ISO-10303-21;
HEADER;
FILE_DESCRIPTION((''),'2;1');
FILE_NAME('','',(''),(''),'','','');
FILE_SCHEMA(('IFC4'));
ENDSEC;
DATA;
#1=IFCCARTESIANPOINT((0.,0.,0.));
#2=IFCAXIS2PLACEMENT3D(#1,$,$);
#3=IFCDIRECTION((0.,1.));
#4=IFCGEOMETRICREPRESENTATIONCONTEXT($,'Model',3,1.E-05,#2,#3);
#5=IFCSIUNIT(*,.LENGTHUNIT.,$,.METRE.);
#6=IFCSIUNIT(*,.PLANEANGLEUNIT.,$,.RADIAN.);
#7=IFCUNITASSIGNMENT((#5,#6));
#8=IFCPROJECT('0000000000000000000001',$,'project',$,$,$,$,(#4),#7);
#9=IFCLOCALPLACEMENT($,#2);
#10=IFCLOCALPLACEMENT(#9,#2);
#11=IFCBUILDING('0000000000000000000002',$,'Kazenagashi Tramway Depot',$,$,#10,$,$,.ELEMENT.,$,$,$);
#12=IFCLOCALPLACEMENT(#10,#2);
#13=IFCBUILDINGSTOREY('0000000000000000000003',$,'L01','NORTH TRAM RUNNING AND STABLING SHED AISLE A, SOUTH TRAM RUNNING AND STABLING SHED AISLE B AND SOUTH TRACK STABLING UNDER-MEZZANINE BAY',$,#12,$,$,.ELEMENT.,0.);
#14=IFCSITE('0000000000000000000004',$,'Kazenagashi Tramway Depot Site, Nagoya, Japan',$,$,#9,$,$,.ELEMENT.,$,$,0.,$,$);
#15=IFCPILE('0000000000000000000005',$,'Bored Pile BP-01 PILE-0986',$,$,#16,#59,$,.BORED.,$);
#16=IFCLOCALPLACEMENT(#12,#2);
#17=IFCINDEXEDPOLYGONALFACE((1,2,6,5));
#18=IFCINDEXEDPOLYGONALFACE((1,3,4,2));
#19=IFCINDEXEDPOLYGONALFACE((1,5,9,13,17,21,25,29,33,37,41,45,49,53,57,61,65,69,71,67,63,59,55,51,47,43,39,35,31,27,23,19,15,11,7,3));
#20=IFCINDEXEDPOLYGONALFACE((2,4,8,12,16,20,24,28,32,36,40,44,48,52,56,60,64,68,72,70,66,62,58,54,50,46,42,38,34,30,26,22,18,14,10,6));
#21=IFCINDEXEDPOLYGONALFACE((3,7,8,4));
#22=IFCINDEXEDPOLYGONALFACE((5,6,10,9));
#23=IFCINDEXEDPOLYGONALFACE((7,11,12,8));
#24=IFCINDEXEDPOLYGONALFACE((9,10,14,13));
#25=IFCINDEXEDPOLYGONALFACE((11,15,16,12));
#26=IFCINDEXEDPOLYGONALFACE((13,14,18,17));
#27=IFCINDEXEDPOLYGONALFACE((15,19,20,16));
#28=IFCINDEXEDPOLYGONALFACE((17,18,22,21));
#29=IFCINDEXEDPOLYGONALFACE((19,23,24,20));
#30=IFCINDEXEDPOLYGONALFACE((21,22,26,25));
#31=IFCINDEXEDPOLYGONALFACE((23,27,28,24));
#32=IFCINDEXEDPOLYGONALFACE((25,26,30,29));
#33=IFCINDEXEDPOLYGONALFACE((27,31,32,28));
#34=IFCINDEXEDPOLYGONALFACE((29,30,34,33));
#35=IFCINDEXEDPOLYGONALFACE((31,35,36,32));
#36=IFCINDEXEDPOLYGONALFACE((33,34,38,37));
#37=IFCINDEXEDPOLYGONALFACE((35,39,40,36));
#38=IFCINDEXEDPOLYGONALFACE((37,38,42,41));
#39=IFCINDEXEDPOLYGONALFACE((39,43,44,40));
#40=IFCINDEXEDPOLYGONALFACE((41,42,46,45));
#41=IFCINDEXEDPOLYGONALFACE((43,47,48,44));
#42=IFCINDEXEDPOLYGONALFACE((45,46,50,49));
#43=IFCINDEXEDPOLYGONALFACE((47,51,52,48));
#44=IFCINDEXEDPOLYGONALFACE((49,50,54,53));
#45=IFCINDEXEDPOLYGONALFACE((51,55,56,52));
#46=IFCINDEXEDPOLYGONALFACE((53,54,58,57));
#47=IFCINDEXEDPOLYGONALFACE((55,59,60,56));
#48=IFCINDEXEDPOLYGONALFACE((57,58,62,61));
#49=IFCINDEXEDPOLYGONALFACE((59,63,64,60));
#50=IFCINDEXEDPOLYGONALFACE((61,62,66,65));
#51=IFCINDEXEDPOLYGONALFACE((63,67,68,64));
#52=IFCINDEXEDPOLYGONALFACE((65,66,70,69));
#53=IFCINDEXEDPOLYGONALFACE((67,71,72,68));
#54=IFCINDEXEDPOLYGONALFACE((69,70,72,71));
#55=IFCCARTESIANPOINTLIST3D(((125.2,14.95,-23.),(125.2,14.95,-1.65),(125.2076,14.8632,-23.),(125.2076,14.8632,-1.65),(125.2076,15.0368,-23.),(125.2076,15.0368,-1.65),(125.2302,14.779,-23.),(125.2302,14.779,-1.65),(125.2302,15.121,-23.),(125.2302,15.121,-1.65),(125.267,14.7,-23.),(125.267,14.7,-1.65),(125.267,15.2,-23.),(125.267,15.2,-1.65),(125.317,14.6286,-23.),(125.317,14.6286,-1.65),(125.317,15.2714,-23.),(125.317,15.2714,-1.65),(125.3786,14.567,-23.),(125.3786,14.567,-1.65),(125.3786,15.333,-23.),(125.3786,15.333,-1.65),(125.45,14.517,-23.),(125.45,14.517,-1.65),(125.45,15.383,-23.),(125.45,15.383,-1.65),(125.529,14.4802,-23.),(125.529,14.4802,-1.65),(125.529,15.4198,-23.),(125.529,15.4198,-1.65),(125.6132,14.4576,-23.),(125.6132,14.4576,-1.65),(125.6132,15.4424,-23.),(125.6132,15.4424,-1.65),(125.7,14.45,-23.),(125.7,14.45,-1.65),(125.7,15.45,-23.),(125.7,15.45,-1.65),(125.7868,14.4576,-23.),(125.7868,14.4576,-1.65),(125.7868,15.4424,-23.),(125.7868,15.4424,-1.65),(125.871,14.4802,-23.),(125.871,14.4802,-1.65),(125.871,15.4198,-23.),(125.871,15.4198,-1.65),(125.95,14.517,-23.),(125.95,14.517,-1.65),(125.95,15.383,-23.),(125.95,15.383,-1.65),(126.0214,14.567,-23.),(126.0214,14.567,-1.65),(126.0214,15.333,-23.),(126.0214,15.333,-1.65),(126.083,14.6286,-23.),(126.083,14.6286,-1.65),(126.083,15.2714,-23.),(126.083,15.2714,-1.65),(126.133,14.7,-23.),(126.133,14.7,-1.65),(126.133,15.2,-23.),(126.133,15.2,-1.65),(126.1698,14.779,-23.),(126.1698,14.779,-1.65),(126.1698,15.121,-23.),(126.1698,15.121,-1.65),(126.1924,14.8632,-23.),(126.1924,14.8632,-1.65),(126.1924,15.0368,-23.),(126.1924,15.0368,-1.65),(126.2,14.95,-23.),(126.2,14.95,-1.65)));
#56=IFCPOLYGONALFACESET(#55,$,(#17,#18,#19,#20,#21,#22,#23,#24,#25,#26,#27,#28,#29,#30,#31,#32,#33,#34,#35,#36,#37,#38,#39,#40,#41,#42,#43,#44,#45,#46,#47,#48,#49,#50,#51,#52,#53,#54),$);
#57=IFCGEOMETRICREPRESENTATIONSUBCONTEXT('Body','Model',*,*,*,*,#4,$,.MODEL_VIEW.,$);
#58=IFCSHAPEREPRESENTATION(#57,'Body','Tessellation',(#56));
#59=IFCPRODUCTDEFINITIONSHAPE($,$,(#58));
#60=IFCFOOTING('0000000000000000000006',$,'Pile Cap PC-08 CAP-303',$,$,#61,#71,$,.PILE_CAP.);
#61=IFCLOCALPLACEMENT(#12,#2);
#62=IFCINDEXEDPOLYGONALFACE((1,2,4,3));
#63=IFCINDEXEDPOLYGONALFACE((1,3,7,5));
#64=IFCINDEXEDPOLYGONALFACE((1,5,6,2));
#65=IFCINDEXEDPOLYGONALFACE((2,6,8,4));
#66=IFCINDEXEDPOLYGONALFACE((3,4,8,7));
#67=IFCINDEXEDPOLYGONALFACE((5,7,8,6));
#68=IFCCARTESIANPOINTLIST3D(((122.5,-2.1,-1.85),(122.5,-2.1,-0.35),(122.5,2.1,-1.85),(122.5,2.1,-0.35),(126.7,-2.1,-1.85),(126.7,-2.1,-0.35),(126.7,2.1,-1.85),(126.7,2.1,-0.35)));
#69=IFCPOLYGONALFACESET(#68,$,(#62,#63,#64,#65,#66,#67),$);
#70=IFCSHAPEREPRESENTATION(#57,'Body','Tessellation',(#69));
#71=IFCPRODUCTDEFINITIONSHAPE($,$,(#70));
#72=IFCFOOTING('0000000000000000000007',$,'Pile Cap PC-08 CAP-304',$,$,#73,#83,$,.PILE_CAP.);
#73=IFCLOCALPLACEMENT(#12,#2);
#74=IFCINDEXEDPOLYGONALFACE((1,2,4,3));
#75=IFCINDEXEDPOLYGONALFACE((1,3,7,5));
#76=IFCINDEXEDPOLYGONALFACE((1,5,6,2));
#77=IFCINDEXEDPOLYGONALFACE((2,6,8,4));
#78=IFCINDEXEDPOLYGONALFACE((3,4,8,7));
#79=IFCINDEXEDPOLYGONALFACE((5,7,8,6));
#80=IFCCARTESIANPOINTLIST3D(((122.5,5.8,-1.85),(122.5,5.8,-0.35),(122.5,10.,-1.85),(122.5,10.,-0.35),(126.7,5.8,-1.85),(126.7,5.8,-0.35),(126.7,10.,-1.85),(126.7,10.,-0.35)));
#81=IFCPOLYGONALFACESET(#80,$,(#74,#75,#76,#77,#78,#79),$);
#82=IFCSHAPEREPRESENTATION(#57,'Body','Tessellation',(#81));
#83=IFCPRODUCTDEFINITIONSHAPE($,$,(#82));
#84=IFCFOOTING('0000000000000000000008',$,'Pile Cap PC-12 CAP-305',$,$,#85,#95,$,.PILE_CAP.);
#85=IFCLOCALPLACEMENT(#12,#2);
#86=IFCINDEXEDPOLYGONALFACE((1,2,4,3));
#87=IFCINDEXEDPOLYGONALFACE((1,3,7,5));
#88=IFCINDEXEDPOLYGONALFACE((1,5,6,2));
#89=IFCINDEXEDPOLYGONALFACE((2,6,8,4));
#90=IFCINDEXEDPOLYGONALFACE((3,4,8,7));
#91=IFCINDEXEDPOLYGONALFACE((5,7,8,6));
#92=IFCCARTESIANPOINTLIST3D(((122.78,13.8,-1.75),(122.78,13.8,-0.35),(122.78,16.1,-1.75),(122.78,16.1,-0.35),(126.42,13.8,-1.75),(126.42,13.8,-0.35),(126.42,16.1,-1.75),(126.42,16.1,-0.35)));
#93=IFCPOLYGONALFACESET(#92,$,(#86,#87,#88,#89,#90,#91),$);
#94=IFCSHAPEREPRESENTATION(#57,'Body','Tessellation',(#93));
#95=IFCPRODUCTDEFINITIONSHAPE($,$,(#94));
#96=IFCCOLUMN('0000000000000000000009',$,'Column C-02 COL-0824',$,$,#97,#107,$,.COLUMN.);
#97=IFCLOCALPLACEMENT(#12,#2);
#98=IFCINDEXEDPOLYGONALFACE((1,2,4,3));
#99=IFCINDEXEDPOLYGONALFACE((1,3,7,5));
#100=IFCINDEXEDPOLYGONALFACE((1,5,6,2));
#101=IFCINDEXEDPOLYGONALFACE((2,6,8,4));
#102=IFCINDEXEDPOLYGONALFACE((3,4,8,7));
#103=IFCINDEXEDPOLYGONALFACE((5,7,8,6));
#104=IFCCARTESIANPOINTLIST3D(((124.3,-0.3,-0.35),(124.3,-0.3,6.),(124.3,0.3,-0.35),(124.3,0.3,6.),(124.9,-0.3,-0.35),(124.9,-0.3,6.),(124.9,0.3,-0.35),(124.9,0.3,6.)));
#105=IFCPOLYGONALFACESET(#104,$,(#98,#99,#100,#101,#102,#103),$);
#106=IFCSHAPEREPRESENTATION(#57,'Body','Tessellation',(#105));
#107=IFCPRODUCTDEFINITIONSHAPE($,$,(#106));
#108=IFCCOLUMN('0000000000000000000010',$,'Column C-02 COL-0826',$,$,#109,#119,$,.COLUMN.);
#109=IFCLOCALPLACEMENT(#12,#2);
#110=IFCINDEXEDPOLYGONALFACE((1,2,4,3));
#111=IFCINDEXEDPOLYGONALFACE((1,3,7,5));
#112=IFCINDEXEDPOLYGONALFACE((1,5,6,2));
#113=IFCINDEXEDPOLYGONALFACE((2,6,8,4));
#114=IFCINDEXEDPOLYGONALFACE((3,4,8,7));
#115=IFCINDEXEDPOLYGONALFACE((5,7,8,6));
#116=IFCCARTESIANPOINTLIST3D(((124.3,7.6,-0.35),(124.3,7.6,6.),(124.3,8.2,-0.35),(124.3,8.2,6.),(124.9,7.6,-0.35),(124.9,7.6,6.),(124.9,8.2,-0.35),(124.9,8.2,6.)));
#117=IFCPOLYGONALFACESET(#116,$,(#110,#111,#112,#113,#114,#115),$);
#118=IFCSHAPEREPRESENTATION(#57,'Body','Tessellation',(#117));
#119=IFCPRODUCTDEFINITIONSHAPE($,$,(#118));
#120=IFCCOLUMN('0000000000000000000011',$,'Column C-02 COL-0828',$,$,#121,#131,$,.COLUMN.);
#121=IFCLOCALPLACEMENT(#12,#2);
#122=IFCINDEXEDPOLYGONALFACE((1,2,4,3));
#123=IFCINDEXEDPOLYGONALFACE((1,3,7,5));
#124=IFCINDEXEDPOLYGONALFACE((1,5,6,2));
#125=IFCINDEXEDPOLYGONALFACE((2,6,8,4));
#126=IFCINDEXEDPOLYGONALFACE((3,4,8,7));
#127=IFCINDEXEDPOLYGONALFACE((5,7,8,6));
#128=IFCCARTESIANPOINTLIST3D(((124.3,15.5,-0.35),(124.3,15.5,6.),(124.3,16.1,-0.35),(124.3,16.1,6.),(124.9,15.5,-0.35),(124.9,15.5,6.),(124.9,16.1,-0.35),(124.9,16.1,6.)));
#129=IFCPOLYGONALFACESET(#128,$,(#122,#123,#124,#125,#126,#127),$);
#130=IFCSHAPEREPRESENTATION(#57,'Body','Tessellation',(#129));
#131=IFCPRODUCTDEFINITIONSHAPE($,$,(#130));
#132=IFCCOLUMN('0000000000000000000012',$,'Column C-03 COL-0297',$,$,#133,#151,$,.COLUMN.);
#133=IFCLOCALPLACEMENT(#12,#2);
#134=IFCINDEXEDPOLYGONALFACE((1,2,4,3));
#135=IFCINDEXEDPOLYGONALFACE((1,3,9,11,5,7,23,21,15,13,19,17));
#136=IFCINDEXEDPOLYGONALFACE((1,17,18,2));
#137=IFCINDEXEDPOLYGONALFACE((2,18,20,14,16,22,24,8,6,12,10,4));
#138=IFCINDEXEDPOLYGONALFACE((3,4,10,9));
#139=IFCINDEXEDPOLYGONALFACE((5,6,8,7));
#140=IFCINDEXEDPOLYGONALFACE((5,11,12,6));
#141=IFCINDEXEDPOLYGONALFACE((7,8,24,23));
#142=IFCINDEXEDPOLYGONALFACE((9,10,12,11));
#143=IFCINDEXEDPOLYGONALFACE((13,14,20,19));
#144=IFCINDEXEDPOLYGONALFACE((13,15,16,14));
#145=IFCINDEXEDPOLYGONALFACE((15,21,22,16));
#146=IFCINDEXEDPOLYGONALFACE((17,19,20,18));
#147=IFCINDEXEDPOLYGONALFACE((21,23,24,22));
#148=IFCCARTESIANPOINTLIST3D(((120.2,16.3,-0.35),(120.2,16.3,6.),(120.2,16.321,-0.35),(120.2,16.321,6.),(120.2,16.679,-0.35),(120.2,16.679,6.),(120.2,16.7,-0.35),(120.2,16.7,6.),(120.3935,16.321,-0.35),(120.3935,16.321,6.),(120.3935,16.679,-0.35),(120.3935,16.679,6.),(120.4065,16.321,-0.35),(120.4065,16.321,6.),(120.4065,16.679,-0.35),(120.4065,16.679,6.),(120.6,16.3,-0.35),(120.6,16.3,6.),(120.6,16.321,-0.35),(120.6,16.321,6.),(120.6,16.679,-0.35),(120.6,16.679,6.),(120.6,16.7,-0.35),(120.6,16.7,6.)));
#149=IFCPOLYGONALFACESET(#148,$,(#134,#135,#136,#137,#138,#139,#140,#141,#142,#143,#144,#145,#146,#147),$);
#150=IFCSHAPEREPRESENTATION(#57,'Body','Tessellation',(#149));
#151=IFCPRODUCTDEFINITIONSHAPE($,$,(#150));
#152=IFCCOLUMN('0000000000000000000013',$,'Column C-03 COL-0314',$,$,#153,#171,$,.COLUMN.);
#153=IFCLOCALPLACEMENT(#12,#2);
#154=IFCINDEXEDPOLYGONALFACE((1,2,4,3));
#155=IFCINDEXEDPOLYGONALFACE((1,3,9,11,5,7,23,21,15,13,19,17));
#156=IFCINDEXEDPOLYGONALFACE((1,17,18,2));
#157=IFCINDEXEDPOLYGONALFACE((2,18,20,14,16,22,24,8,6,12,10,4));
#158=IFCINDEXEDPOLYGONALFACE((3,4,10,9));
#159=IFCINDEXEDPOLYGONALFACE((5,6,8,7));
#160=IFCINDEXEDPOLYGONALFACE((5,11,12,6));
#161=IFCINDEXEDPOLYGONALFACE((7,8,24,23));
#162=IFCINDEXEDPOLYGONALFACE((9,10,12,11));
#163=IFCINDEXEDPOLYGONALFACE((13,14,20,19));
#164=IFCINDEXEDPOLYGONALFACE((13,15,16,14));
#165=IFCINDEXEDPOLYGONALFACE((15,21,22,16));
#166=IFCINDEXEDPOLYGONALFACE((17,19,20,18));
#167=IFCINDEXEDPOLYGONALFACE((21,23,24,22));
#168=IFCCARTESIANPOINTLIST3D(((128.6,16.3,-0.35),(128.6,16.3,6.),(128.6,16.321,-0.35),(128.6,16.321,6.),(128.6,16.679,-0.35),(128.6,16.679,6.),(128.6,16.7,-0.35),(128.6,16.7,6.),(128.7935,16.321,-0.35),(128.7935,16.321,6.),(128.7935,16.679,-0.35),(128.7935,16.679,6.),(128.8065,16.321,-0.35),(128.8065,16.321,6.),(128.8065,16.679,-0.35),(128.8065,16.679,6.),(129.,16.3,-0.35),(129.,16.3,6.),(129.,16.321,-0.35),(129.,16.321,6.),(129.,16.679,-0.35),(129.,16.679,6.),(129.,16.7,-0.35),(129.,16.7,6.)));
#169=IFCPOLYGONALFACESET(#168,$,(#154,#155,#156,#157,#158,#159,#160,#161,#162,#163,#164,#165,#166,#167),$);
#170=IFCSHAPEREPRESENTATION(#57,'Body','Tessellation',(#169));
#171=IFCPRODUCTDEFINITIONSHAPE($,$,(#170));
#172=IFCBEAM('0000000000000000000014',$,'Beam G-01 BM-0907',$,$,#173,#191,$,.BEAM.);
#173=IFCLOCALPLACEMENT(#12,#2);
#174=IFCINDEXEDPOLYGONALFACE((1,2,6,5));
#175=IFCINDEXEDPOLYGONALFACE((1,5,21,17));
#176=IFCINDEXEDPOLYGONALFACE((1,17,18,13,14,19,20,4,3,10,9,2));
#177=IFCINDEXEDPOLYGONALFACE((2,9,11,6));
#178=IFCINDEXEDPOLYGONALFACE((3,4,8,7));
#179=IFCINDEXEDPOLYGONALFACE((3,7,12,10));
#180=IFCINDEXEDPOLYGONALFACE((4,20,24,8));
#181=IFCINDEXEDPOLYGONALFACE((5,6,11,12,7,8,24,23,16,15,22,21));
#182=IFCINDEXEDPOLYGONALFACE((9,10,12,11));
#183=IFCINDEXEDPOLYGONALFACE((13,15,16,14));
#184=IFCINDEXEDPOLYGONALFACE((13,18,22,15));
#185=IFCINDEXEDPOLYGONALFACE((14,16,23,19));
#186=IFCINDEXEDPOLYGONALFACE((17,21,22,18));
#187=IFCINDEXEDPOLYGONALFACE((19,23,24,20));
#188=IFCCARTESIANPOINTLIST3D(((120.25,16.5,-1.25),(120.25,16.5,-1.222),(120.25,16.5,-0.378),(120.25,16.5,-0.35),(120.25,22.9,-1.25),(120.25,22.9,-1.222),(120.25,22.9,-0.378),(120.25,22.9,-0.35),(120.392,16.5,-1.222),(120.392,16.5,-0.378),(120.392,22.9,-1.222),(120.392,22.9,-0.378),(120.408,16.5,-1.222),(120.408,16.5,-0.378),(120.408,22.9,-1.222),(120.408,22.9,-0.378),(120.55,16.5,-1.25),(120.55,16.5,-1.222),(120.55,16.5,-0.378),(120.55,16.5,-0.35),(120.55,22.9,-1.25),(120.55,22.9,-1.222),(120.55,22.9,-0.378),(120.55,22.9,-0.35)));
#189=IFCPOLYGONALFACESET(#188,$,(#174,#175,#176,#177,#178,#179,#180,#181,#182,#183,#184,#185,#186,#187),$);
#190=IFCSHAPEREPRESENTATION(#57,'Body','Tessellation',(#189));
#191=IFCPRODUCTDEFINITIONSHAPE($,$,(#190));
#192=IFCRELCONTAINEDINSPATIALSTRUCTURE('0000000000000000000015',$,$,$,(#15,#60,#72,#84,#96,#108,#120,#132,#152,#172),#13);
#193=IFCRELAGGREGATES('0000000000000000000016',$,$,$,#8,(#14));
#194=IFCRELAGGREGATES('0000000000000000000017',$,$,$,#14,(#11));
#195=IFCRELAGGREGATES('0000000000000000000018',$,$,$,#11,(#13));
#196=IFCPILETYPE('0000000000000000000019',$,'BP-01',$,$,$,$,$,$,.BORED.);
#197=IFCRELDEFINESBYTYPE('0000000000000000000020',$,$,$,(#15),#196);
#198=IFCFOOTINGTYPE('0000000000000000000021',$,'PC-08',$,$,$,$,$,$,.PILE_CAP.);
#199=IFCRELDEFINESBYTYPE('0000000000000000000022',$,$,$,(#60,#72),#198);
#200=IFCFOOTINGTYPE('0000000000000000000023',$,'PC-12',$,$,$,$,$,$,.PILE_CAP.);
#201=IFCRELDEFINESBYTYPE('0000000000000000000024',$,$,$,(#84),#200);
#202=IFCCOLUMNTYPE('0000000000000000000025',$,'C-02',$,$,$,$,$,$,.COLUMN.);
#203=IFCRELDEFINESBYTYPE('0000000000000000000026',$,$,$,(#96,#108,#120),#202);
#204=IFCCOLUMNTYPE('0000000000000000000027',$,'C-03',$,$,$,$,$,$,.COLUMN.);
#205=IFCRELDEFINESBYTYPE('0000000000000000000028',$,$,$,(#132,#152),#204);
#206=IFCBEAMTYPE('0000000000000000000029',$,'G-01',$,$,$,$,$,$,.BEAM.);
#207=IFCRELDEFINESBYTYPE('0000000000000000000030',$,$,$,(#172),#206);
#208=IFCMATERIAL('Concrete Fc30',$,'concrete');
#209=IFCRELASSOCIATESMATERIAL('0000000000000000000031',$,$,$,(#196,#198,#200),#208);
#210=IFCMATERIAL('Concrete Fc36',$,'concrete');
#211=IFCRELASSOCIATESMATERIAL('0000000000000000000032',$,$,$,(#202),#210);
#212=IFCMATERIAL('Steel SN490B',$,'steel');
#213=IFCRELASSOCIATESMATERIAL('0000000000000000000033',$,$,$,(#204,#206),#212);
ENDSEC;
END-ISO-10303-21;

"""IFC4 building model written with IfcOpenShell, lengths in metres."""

from ifc_helpers import new_model, si_unit, direction, frame, origin, origin_2d, place, context, subcontext, project, spatial, rectangle, circle, i_section, extrude, material, material_profile, profile_set, type_object, element, save


model = new_model("IFC4")

# Units and contexts
model_context = context("Model", 3, precision=1e-05, world=origin(), true_north=direction((0.0, 1.0)))
body_context = subcontext(model_context, "Body", "Model", "MODEL_VIEW")
ifc_project = project(units=[si_unit("LENGTHUNIT", "METRE"), si_unit("PLANEANGLEUNIT", "RADIAN")], contexts=[model_context])

# Site, building, storey
site_placement = place(None, origin())
site = spatial("IfcSite", under=ifc_project, at=site_placement, Name="Kazenagashi Tramway Depot Site, Nagoya, Japan", CompositionType="ELEMENT", RefElevation=0.0)
building_placement = place(site_placement, origin())
building = spatial("IfcBuilding", under=site, at=building_placement, Name="Kazenagashi Tramway Depot", CompositionType="ELEMENT")
storey_placement = place(building_placement, origin())
storey = spatial("IfcBuildingStorey", under=building, at=storey_placement, Name="L01", Description="NORTH TRAM RUNNING AND STABLING SHED AISLE A, SOUTH TRAM RUNNING AND STABLING SHED AISLE B AND SOUTH TRACK STABLING UNDER-MEZZANINE BAY", CompositionType="ELEMENT", Elevation=0.0)

# Pile
ifc_material_1 = material(Name="Concrete Fc30", Category="concrete")
ifc_material_profile_1 = material_profile(ifc_material_1, circle(Radius=0.5, at=origin_2d()), Name="PILE-1000")
ifc_profile_set_1 = profile_set([ifc_material_profile_1], Name="Concrete Fc30")
pile_type = type_object("IfcPileType", Name="BP-01", PredefinedType="BORED", material=ifc_profile_set_1)
for number, where, z_axis, x_axis, name in (
    (1, (125.7, 14.95, -1.65), (0.0, 0.0, -1.0), (1.0, 0.0, 0.0), "Bored Pile BP-01 PILE-0986"),
):
    element("IfcPile", number, at=place(storey_placement, frame(where, z_axis=z_axis, x_axis=x_axis)), inside=storey, type_object=pile_type, Name=name, PredefinedType="BORED", context=body_context, shape_type="SweptSolid", body=[
        extrude(circle(Radius=0.5, at=origin_2d()), origin(), (0.0, 0.0, 1.0), 21.35),
    ])

# Footings
footing_type_1 = type_object("IfcFootingType", Name="PC-08", PredefinedType="PILE_CAP", material=ifc_material_1)
for number, where, z_axis, x_axis, name in (
    (2, (124.6, 0.0, -1.85), (0.0, 0.0, 1.0), (1.0, 0.0, 0.0), "Pile Cap PC-08 CAP-303"),
    (3, (124.6, 7.9, -1.85), (0.0, 0.0, 1.0), (1.0, 0.0, 0.0), "Pile Cap PC-08 CAP-304"),
):
    element("IfcFooting", number, at=place(storey_placement, frame(where, z_axis=z_axis, x_axis=x_axis)), inside=storey, type_object=footing_type_1, Name=name, PredefinedType="PILE_CAP", context=body_context, shape_type="SweptSolid", body=[
        extrude(rectangle(XDim=4.2, YDim=4.2, at=origin_2d()), origin(), (0.0, 0.0, 1.0), 1.5),
    ])
footing_type_2 = type_object("IfcFootingType", Name="PC-12", PredefinedType="PILE_CAP", material=ifc_material_1)
footing_placement = place(storey_placement, frame((124.6, 14.95, -1.75), z_axis=(0.0, 0.0, 1.0), x_axis=(1.0, 0.0, 0.0)))
element("IfcFooting", 4, at=footing_placement, inside=storey, type_object=footing_type_2, Name="Pile Cap PC-12 CAP-305", PredefinedType="PILE_CAP", context=body_context, shape_type="SweptSolid", body=[
    extrude(rectangle(XDim=3.64, YDim=2.3, at=origin_2d()), origin(), (0.0, 0.0, 1.0), 1.4),
])

# Columns
ifc_material_2 = material(Name="Concrete Fc36", Category="concrete")
ifc_material_profile_2 = material_profile(ifc_material_2, rectangle(XDim=0.6, YDim=0.6, at=origin_2d()), Name="RC-600x600")
ifc_profile_set_2 = profile_set([ifc_material_profile_2], Name="Concrete Fc36")
column_type_1 = type_object("IfcColumnType", Name="C-02", PredefinedType="COLUMN", material=ifc_profile_set_2)
for number, where, z_axis, x_axis, name in (
    (5, (124.6, 0.0, -0.35), (0.0, 0.0, 1.0), (1.0, 0.0, 0.0), "Column C-02 COL-0824"),
    (6, (124.6, 7.9, -0.35), (0.0, 0.0, 1.0), (1.0, 0.0, 0.0), "Column C-02 COL-0826"),
    (7, (124.6, 15.8, -0.35), (0.0, 0.0, 1.0), (1.0, 0.0, 0.0), "Column C-02 COL-0828"),
):
    element("IfcColumn", number, at=place(storey_placement, frame(where, z_axis=z_axis, x_axis=x_axis)), inside=storey, type_object=column_type_1, Name=name, PredefinedType="COLUMN", context=body_context, shape_type="SweptSolid", body=[
        extrude(rectangle(XDim=0.6, YDim=0.6, at=origin_2d()), origin(), (0.0, 0.0, 1.0), 6.35),
    ])
ifc_material_3 = material(Name="Steel SN490B", Category="steel")
ifc_material_profile_3 = material_profile(ifc_material_3, i_section(OverallWidth=0.4, OverallDepth=0.4, WebThickness=0.013, FlangeThickness=0.021, at=origin_2d()), Name="H-400x400x13x21")
ifc_profile_set_3 = profile_set([ifc_material_profile_3], Name="Steel SN490B")
column_type_2 = type_object("IfcColumnType", Name="C-03", PredefinedType="COLUMN", material=ifc_profile_set_3)
for number, where, z_axis, x_axis, name in (
    (8, (120.4, 16.5, -0.35), (0.0, 0.0, 1.0), (1.0, 0.0, 0.0), "Column C-03 COL-0297"),
    (9, (128.8, 16.5, -0.35), (0.0, 0.0, 1.0), (1.0, 0.0, 0.0), "Column C-03 COL-0314"),
):
    element("IfcColumn", number, at=place(storey_placement, frame(where, z_axis=z_axis, x_axis=x_axis)), inside=storey, type_object=column_type_2, Name=name, PredefinedType="COLUMN", context=body_context, shape_type="SweptSolid", body=[
        extrude(i_section(OverallWidth=0.4, OverallDepth=0.4, WebThickness=0.013, FlangeThickness=0.021, at=origin_2d()), origin(), (0.0, 0.0, 1.0), 6.35),
    ])

# Beam
ifc_material_profile_4 = material_profile(ifc_material_3, i_section(OverallWidth=0.3, OverallDepth=0.9, WebThickness=0.016, FlangeThickness=0.028, at=origin_2d()), Name="H-900x300x16x28")
ifc_profile_set_4 = profile_set([ifc_material_profile_4], Name="Steel SN490B")
beam_type_1 = type_object("IfcBeamType", Name="G-01", PredefinedType="BEAM", material=ifc_profile_set_4)
for number, where, z_axis, x_axis, name in (
    (10, (120.4, 16.5, -0.8), (0.0, 1.0, 0.0), (-1.0, 0.0, 0.0), "Beam G-01 BM-0907"),
):
    element("IfcBeam", number, at=place(storey_placement, frame(where, z_axis=z_axis, x_axis=x_axis)), inside=storey, type_object=beam_type_1, Name=name, PredefinedType="BEAM", context=body_context, shape_type="SweptSolid", body=[
        extrude(i_section(OverallWidth=0.3, OverallDepth=0.9, WebThickness=0.016, FlangeThickness=0.028, at=origin_2d()), origin(), (0.0, 0.0, 1.0), 6.4),
    ])

save(model, "model.ifc")
